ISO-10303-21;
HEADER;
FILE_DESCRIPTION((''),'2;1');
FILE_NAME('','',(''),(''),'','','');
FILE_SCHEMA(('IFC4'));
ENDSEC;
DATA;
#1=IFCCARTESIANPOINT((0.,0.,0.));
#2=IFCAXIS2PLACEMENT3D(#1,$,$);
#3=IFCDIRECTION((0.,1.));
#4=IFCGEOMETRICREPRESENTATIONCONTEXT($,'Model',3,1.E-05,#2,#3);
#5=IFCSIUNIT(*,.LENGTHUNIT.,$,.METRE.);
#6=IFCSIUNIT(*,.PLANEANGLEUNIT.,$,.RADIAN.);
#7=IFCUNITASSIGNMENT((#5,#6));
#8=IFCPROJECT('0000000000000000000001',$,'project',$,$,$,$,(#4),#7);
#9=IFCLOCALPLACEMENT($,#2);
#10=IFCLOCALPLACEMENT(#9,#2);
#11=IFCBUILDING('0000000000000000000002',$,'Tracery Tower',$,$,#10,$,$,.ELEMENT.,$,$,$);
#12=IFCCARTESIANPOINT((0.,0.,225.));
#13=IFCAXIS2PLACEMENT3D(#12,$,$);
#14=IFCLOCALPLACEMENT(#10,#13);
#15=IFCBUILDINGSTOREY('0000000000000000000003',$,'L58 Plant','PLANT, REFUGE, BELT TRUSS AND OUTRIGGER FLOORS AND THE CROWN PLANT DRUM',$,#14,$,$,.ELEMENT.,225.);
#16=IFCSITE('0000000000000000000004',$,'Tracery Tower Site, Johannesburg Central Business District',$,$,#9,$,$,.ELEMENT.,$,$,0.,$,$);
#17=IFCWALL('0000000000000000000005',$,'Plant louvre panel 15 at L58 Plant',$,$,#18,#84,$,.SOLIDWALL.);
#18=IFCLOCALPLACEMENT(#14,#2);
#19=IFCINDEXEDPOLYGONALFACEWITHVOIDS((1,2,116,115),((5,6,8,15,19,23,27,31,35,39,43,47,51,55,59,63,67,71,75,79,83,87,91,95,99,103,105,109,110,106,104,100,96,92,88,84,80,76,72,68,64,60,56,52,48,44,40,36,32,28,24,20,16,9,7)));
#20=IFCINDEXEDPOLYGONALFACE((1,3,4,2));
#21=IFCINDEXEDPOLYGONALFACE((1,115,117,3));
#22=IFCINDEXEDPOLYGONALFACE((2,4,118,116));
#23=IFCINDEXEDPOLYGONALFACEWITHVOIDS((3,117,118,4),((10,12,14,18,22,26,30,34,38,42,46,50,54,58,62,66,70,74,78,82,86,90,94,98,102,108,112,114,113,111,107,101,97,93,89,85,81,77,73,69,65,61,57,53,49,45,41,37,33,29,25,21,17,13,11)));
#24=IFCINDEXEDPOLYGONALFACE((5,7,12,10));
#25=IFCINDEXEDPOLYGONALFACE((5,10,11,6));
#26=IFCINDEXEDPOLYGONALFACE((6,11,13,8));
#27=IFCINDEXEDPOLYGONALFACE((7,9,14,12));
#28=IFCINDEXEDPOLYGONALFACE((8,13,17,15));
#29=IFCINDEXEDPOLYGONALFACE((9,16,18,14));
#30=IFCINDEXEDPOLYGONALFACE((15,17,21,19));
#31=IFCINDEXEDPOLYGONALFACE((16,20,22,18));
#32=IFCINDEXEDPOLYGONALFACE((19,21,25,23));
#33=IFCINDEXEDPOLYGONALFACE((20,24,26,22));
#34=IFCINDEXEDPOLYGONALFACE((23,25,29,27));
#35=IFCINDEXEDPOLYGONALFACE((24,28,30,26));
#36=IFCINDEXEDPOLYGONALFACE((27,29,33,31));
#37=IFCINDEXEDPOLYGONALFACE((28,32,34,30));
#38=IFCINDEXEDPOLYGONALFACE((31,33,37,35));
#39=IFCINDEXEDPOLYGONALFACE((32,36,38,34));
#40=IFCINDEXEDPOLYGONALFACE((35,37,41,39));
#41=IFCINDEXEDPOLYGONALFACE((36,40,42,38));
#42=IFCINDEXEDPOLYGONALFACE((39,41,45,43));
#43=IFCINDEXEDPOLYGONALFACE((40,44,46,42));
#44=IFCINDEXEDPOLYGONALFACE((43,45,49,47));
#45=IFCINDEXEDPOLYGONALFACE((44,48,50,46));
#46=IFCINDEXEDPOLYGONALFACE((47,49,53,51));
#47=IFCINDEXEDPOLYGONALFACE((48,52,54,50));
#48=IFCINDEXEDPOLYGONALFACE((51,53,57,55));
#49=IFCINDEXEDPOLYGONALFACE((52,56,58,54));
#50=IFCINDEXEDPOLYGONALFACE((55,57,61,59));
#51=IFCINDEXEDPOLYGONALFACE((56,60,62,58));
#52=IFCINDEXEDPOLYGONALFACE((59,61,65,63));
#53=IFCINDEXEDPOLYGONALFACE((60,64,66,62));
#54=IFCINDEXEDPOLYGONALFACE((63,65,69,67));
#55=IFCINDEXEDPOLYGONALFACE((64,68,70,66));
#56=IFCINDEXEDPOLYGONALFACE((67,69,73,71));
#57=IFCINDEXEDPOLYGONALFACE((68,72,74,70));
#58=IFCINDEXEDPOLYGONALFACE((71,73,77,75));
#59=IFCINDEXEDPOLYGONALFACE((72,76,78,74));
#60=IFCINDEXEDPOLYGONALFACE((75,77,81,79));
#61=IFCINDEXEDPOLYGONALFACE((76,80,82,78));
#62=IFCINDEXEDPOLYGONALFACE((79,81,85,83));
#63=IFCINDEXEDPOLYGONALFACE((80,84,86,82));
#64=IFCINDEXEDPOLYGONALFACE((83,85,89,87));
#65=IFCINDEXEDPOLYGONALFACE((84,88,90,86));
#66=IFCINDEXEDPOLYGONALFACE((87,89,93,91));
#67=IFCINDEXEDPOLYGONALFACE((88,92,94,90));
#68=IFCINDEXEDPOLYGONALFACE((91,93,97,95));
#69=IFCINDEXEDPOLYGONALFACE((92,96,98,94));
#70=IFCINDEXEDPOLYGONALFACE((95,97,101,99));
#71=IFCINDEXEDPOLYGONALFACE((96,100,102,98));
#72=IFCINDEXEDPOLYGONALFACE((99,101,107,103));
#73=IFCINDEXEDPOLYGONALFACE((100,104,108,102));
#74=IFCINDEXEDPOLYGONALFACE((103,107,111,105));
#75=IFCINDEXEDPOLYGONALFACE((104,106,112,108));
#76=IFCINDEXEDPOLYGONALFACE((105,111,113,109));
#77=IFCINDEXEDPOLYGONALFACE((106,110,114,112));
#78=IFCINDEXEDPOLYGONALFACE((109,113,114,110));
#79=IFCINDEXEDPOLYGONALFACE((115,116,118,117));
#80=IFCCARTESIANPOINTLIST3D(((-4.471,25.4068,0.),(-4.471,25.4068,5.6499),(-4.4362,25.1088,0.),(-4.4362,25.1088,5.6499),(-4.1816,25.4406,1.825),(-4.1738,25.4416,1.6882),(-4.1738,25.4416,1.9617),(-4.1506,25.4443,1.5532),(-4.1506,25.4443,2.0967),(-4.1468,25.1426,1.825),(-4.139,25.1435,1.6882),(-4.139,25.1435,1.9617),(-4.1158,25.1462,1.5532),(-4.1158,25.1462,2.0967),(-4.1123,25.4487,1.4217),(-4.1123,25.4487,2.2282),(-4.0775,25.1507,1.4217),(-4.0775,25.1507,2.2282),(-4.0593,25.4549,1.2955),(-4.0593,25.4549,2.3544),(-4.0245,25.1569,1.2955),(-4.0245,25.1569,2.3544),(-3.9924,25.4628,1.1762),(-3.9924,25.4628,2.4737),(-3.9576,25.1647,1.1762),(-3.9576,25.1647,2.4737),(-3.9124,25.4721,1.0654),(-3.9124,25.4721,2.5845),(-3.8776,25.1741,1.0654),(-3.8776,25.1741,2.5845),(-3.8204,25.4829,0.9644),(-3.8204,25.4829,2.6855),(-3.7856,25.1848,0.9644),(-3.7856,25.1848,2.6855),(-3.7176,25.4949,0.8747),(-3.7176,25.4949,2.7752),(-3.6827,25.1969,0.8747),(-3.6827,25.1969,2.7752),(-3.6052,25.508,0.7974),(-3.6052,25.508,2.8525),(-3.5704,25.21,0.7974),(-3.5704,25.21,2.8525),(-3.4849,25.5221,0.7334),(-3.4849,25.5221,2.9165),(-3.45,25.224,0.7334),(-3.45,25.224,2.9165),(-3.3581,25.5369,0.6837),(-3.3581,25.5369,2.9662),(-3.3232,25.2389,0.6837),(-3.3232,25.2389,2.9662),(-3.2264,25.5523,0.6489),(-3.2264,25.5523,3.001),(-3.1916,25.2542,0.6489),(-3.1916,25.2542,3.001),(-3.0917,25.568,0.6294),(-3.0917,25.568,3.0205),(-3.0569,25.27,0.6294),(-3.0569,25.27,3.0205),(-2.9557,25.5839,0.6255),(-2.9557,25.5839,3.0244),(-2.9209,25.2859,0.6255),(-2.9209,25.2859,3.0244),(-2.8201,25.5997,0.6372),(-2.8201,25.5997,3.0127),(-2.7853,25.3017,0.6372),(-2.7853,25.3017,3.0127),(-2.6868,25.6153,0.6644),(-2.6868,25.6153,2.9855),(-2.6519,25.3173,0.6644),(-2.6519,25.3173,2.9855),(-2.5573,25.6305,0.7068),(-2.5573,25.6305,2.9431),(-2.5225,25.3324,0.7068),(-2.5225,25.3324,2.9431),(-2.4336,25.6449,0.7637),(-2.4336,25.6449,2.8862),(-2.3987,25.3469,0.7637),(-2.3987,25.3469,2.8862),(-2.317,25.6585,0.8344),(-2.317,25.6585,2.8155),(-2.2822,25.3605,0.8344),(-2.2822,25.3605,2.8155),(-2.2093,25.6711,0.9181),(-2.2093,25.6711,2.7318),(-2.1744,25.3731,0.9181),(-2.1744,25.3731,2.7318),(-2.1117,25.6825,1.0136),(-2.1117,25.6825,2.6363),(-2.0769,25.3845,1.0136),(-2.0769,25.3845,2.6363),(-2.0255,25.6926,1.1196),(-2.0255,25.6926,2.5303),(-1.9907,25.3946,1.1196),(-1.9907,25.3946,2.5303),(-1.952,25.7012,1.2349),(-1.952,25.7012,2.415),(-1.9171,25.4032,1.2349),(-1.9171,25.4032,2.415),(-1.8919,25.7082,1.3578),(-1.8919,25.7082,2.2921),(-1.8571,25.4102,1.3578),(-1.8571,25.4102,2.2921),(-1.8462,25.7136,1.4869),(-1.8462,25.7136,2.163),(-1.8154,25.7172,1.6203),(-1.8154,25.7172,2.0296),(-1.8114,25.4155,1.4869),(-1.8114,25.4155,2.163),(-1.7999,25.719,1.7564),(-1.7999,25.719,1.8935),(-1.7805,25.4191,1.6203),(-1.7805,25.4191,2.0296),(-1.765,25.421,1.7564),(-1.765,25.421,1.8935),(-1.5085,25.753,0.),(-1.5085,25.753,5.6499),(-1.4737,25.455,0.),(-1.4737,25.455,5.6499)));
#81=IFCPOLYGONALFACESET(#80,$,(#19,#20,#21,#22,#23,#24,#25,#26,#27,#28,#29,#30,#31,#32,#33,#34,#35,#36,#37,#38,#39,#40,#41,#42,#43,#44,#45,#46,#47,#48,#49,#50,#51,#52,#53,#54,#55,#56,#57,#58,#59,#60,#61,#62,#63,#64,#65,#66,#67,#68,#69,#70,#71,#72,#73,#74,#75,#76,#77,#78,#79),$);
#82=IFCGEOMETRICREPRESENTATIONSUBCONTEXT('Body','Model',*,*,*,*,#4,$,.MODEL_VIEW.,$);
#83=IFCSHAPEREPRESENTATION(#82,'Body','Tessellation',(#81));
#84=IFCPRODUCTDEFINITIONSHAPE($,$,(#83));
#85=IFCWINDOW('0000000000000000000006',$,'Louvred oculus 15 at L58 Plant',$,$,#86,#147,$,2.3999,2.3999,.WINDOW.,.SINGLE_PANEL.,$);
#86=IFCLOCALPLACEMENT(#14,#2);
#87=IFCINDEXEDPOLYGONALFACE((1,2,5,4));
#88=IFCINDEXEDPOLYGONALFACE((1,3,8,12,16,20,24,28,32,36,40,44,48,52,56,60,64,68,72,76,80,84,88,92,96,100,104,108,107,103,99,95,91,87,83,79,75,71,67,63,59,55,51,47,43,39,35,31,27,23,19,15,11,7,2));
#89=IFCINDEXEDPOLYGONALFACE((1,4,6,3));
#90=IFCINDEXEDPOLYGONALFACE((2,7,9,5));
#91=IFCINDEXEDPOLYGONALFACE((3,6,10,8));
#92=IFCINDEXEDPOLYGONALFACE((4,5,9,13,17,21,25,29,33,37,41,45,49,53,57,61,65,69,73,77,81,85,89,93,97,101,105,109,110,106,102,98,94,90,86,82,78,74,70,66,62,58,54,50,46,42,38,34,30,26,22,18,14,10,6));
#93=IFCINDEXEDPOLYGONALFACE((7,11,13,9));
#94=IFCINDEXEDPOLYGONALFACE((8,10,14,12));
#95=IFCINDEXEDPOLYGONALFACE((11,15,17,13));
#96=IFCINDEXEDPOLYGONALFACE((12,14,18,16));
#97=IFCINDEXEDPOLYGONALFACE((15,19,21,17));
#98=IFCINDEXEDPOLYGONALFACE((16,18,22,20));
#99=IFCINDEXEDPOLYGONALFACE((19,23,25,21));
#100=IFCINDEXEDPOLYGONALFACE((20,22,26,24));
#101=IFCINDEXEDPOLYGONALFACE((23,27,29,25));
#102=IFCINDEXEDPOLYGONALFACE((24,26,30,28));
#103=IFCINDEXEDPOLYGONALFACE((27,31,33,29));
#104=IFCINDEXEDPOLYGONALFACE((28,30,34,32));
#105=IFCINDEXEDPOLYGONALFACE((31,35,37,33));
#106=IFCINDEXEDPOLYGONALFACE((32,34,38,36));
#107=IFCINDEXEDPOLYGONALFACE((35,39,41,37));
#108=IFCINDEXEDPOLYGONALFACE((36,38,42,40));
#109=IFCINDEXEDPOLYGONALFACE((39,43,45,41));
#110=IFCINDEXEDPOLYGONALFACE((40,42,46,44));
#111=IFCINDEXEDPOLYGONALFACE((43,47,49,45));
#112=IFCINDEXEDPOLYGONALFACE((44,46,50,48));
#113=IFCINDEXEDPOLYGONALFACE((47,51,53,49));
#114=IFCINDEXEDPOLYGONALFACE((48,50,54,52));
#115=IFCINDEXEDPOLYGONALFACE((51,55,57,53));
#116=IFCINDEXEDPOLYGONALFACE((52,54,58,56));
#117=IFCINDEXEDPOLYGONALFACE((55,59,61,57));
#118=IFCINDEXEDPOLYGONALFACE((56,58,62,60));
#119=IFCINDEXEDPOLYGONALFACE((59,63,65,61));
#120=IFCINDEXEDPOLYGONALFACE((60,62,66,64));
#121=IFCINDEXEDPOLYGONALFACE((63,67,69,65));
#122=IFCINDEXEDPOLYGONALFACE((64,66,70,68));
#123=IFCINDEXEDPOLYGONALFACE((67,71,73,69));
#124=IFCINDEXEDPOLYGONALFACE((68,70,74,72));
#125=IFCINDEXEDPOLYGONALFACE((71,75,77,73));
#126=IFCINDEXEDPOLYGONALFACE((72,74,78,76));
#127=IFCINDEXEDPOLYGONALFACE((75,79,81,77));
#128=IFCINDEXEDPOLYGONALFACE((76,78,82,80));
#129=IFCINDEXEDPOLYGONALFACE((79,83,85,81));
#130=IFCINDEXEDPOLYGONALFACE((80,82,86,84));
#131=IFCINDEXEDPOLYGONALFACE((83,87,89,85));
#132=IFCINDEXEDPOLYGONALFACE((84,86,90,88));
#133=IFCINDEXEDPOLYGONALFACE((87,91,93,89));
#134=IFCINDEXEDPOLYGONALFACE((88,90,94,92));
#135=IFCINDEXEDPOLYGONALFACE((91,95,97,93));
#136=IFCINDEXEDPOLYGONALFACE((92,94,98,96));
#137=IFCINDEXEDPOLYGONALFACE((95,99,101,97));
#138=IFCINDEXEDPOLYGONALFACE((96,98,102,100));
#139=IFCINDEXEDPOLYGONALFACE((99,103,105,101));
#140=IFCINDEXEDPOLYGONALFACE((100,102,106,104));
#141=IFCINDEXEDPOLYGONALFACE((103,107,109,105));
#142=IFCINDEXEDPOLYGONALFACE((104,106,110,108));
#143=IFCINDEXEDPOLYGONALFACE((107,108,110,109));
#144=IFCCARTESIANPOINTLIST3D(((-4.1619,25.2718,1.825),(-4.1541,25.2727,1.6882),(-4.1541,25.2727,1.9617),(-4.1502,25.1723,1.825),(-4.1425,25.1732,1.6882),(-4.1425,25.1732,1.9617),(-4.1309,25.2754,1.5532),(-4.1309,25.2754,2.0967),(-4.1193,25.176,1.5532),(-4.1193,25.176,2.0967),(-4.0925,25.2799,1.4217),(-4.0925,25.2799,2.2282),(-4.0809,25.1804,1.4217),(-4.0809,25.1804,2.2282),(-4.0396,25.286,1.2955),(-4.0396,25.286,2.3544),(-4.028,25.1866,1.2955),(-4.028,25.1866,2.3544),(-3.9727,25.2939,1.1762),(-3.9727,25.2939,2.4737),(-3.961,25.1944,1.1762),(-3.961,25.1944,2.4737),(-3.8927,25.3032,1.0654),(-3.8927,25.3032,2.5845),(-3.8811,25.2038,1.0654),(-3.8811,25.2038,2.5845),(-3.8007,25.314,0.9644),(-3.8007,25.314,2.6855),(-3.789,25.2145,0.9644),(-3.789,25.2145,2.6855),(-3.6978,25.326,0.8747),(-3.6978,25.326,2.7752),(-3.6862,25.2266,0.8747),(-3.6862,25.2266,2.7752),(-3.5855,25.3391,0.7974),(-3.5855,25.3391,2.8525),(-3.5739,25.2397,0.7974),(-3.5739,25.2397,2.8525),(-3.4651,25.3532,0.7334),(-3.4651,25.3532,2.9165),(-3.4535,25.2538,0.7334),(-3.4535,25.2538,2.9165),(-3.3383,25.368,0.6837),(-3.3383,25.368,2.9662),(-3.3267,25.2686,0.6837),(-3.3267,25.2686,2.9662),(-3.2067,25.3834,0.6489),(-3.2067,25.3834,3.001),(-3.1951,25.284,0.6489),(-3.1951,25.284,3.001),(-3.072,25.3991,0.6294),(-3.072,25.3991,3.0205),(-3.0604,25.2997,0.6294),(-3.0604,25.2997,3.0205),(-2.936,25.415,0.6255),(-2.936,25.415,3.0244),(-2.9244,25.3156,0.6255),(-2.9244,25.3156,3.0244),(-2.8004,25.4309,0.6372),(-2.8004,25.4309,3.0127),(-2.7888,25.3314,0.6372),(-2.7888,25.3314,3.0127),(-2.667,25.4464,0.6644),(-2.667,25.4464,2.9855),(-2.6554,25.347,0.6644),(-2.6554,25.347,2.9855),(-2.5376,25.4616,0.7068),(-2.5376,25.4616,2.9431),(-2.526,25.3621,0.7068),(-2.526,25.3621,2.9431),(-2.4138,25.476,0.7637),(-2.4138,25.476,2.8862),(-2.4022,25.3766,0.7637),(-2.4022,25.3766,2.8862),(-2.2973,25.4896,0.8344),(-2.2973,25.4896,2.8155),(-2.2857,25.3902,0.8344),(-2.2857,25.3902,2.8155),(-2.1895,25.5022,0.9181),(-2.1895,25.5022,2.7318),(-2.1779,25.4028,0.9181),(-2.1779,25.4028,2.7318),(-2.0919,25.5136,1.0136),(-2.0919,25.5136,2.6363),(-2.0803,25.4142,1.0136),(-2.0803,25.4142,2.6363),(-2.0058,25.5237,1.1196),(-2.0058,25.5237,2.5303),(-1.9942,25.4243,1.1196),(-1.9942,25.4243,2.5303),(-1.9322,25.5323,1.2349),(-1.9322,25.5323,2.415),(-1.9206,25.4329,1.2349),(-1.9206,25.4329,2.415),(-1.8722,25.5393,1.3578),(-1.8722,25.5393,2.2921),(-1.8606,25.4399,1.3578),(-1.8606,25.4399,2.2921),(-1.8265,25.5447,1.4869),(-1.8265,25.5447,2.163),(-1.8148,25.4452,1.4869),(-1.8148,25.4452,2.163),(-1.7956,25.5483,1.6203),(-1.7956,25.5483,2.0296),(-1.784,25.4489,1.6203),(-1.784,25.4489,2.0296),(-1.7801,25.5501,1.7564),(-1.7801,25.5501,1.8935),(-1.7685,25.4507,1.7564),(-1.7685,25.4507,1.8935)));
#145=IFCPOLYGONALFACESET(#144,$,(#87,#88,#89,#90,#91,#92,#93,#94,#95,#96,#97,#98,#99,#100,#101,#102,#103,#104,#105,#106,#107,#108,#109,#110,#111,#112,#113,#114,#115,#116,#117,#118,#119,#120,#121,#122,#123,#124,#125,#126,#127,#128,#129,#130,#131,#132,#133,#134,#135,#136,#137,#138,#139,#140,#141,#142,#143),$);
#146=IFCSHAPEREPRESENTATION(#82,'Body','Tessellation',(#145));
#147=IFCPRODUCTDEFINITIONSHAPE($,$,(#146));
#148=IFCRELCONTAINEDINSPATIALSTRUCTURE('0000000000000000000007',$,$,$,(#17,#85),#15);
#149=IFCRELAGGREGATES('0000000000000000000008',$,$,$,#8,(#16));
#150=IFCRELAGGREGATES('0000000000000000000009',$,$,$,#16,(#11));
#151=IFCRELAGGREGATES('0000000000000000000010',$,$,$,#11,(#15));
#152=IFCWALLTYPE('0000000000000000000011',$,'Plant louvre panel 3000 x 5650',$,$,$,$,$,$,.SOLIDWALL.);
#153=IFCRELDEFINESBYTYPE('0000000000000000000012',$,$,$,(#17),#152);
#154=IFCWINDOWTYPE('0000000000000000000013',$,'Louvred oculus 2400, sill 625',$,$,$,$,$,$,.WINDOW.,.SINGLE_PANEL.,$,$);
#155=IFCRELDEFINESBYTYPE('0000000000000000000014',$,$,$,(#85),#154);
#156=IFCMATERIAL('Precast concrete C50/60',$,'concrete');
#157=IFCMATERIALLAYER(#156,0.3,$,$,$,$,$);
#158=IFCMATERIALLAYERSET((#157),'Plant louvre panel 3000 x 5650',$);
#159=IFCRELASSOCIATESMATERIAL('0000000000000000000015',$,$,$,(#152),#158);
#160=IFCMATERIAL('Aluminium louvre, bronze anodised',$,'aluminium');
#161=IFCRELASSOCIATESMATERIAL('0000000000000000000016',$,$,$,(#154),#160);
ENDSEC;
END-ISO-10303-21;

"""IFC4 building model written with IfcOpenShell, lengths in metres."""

from ifc_helpers import new_model, si_unit, direction, frame, frame_2d, origin, origin_2d, place, context, subcontext, project, spatial, rectangle, circle, extrude, material, layer, layer_set, type_object, element, fill, save


model = new_model("IFC4")

# Units and contexts
model_context = context("Model", 3, precision=1e-05, world=origin(), true_north=direction((0.0, 1.0)))
body_context = subcontext(model_context, "Body", "Model", "MODEL_VIEW")
ifc_project = project(units=[si_unit("LENGTHUNIT", "METRE"), si_unit("PLANEANGLEUNIT", "RADIAN")], contexts=[model_context])

# Site, building, storey
site_placement = place(None, origin())
site = spatial("IfcSite", under=ifc_project, at=site_placement, Name="Tracery Tower Site, Johannesburg Central Business District", CompositionType="ELEMENT", RefElevation=0.0)
building_placement = place(site_placement, origin())
building = spatial("IfcBuilding", under=site, at=building_placement, Name="Tracery Tower", CompositionType="ELEMENT")
storey_placement = place(building_placement, frame((0.0, 0.0, 225.0)))
storey = spatial("IfcBuildingStorey", under=building, at=storey_placement, Name="L58 Plant", Description="PLANT, REFUGE, BELT TRUSS AND OUTRIGGER FLOORS AND THE CROWN PLANT DRUM", CompositionType="ELEMENT", Elevation=225.0)

# Wall, opening, window
ifc_material_1 = material(Name="Precast concrete C50/60", Category="concrete")
ifc_layer_1 = layer(ifc_material_1, 0.3)
ifc_layer_set_1 = layer_set([ifc_layer_1], Name="Plant louvre panel 3000 x 5650")
wall_type_1 = type_object("IfcWallType", Name="Plant louvre panel 3000 x 5650", PredefinedType="SOLIDWALL", material=ifc_layer_set_1)
wall_1_placement = place(storey_placement, frame((-1.4912, 25.604, 0.0), z_axis=(0.0, 0.0, 1.0), x_axis=(-0.993241, -0.116072, 0.0)))
wall_1 = element("IfcWall", 1, at=wall_1_placement, inside=storey, type_object=wall_type_1, Name="Plant louvre panel 15 at L58 Plant", PredefinedType="SOLIDWALL", context=body_context, shape_type="SweptSolid", body=[
    extrude(rectangle(XDim=2.9827, YDim=0.3, at=frame_2d((1.4912, 0.0))), origin(), (0.0, 0.0, 1.0), 5.6499),
])
opening_1_placement = place(wall_1_placement, frame((1.4912, 0.0, 1.825)))
opening_1 = element("IfcOpeningElement", 2, at=opening_1_placement, cuts=wall_1, PredefinedType="OPENING", context=body_context, shape_type="SweptSolid", body=[
    extrude(circle(Radius=1.2, at=origin_2d()), frame((0.0, 0.1599, 0.0), z_axis=(0.0, -1.0, 0.0), x_axis=(1.0, 0.0, 0.0)), (0.0, 0.0, 1.0), 0.3201),
])
ifc_material_2 = material(Name="Aluminium louvre, bronze anodised", Category="aluminium")
window_type = type_object("IfcWindowType", Name="Louvred oculus 2400, sill 625", PartitioningType="SINGLE_PANEL", PredefinedType="WINDOW", material=ifc_material_2)
window_1_placement = place(opening_1_placement, origin())
window_1 = element("IfcWindow", 3, at=window_1_placement, inside=storey, type_object=window_type, Name="Louvred oculus 15 at L58 Plant", OverallHeight=2.3999, OverallWidth=2.3999, PartitioningType="SINGLE_PANEL", PredefinedType="WINDOW", context=body_context, shape_type="SweptSolid", body=[
    extrude(circle(Radius=1.2, at=origin_2d()), frame((0.0, 0.1201, 0.0), z_axis=(0.0, -1.0, 0.0), x_axis=(1.0, 0.0, 0.0)), (0.0, 0.0, 1.0), 0.1001),
])
fill(opening_1, window_1)

save(model, "model.ifc")
